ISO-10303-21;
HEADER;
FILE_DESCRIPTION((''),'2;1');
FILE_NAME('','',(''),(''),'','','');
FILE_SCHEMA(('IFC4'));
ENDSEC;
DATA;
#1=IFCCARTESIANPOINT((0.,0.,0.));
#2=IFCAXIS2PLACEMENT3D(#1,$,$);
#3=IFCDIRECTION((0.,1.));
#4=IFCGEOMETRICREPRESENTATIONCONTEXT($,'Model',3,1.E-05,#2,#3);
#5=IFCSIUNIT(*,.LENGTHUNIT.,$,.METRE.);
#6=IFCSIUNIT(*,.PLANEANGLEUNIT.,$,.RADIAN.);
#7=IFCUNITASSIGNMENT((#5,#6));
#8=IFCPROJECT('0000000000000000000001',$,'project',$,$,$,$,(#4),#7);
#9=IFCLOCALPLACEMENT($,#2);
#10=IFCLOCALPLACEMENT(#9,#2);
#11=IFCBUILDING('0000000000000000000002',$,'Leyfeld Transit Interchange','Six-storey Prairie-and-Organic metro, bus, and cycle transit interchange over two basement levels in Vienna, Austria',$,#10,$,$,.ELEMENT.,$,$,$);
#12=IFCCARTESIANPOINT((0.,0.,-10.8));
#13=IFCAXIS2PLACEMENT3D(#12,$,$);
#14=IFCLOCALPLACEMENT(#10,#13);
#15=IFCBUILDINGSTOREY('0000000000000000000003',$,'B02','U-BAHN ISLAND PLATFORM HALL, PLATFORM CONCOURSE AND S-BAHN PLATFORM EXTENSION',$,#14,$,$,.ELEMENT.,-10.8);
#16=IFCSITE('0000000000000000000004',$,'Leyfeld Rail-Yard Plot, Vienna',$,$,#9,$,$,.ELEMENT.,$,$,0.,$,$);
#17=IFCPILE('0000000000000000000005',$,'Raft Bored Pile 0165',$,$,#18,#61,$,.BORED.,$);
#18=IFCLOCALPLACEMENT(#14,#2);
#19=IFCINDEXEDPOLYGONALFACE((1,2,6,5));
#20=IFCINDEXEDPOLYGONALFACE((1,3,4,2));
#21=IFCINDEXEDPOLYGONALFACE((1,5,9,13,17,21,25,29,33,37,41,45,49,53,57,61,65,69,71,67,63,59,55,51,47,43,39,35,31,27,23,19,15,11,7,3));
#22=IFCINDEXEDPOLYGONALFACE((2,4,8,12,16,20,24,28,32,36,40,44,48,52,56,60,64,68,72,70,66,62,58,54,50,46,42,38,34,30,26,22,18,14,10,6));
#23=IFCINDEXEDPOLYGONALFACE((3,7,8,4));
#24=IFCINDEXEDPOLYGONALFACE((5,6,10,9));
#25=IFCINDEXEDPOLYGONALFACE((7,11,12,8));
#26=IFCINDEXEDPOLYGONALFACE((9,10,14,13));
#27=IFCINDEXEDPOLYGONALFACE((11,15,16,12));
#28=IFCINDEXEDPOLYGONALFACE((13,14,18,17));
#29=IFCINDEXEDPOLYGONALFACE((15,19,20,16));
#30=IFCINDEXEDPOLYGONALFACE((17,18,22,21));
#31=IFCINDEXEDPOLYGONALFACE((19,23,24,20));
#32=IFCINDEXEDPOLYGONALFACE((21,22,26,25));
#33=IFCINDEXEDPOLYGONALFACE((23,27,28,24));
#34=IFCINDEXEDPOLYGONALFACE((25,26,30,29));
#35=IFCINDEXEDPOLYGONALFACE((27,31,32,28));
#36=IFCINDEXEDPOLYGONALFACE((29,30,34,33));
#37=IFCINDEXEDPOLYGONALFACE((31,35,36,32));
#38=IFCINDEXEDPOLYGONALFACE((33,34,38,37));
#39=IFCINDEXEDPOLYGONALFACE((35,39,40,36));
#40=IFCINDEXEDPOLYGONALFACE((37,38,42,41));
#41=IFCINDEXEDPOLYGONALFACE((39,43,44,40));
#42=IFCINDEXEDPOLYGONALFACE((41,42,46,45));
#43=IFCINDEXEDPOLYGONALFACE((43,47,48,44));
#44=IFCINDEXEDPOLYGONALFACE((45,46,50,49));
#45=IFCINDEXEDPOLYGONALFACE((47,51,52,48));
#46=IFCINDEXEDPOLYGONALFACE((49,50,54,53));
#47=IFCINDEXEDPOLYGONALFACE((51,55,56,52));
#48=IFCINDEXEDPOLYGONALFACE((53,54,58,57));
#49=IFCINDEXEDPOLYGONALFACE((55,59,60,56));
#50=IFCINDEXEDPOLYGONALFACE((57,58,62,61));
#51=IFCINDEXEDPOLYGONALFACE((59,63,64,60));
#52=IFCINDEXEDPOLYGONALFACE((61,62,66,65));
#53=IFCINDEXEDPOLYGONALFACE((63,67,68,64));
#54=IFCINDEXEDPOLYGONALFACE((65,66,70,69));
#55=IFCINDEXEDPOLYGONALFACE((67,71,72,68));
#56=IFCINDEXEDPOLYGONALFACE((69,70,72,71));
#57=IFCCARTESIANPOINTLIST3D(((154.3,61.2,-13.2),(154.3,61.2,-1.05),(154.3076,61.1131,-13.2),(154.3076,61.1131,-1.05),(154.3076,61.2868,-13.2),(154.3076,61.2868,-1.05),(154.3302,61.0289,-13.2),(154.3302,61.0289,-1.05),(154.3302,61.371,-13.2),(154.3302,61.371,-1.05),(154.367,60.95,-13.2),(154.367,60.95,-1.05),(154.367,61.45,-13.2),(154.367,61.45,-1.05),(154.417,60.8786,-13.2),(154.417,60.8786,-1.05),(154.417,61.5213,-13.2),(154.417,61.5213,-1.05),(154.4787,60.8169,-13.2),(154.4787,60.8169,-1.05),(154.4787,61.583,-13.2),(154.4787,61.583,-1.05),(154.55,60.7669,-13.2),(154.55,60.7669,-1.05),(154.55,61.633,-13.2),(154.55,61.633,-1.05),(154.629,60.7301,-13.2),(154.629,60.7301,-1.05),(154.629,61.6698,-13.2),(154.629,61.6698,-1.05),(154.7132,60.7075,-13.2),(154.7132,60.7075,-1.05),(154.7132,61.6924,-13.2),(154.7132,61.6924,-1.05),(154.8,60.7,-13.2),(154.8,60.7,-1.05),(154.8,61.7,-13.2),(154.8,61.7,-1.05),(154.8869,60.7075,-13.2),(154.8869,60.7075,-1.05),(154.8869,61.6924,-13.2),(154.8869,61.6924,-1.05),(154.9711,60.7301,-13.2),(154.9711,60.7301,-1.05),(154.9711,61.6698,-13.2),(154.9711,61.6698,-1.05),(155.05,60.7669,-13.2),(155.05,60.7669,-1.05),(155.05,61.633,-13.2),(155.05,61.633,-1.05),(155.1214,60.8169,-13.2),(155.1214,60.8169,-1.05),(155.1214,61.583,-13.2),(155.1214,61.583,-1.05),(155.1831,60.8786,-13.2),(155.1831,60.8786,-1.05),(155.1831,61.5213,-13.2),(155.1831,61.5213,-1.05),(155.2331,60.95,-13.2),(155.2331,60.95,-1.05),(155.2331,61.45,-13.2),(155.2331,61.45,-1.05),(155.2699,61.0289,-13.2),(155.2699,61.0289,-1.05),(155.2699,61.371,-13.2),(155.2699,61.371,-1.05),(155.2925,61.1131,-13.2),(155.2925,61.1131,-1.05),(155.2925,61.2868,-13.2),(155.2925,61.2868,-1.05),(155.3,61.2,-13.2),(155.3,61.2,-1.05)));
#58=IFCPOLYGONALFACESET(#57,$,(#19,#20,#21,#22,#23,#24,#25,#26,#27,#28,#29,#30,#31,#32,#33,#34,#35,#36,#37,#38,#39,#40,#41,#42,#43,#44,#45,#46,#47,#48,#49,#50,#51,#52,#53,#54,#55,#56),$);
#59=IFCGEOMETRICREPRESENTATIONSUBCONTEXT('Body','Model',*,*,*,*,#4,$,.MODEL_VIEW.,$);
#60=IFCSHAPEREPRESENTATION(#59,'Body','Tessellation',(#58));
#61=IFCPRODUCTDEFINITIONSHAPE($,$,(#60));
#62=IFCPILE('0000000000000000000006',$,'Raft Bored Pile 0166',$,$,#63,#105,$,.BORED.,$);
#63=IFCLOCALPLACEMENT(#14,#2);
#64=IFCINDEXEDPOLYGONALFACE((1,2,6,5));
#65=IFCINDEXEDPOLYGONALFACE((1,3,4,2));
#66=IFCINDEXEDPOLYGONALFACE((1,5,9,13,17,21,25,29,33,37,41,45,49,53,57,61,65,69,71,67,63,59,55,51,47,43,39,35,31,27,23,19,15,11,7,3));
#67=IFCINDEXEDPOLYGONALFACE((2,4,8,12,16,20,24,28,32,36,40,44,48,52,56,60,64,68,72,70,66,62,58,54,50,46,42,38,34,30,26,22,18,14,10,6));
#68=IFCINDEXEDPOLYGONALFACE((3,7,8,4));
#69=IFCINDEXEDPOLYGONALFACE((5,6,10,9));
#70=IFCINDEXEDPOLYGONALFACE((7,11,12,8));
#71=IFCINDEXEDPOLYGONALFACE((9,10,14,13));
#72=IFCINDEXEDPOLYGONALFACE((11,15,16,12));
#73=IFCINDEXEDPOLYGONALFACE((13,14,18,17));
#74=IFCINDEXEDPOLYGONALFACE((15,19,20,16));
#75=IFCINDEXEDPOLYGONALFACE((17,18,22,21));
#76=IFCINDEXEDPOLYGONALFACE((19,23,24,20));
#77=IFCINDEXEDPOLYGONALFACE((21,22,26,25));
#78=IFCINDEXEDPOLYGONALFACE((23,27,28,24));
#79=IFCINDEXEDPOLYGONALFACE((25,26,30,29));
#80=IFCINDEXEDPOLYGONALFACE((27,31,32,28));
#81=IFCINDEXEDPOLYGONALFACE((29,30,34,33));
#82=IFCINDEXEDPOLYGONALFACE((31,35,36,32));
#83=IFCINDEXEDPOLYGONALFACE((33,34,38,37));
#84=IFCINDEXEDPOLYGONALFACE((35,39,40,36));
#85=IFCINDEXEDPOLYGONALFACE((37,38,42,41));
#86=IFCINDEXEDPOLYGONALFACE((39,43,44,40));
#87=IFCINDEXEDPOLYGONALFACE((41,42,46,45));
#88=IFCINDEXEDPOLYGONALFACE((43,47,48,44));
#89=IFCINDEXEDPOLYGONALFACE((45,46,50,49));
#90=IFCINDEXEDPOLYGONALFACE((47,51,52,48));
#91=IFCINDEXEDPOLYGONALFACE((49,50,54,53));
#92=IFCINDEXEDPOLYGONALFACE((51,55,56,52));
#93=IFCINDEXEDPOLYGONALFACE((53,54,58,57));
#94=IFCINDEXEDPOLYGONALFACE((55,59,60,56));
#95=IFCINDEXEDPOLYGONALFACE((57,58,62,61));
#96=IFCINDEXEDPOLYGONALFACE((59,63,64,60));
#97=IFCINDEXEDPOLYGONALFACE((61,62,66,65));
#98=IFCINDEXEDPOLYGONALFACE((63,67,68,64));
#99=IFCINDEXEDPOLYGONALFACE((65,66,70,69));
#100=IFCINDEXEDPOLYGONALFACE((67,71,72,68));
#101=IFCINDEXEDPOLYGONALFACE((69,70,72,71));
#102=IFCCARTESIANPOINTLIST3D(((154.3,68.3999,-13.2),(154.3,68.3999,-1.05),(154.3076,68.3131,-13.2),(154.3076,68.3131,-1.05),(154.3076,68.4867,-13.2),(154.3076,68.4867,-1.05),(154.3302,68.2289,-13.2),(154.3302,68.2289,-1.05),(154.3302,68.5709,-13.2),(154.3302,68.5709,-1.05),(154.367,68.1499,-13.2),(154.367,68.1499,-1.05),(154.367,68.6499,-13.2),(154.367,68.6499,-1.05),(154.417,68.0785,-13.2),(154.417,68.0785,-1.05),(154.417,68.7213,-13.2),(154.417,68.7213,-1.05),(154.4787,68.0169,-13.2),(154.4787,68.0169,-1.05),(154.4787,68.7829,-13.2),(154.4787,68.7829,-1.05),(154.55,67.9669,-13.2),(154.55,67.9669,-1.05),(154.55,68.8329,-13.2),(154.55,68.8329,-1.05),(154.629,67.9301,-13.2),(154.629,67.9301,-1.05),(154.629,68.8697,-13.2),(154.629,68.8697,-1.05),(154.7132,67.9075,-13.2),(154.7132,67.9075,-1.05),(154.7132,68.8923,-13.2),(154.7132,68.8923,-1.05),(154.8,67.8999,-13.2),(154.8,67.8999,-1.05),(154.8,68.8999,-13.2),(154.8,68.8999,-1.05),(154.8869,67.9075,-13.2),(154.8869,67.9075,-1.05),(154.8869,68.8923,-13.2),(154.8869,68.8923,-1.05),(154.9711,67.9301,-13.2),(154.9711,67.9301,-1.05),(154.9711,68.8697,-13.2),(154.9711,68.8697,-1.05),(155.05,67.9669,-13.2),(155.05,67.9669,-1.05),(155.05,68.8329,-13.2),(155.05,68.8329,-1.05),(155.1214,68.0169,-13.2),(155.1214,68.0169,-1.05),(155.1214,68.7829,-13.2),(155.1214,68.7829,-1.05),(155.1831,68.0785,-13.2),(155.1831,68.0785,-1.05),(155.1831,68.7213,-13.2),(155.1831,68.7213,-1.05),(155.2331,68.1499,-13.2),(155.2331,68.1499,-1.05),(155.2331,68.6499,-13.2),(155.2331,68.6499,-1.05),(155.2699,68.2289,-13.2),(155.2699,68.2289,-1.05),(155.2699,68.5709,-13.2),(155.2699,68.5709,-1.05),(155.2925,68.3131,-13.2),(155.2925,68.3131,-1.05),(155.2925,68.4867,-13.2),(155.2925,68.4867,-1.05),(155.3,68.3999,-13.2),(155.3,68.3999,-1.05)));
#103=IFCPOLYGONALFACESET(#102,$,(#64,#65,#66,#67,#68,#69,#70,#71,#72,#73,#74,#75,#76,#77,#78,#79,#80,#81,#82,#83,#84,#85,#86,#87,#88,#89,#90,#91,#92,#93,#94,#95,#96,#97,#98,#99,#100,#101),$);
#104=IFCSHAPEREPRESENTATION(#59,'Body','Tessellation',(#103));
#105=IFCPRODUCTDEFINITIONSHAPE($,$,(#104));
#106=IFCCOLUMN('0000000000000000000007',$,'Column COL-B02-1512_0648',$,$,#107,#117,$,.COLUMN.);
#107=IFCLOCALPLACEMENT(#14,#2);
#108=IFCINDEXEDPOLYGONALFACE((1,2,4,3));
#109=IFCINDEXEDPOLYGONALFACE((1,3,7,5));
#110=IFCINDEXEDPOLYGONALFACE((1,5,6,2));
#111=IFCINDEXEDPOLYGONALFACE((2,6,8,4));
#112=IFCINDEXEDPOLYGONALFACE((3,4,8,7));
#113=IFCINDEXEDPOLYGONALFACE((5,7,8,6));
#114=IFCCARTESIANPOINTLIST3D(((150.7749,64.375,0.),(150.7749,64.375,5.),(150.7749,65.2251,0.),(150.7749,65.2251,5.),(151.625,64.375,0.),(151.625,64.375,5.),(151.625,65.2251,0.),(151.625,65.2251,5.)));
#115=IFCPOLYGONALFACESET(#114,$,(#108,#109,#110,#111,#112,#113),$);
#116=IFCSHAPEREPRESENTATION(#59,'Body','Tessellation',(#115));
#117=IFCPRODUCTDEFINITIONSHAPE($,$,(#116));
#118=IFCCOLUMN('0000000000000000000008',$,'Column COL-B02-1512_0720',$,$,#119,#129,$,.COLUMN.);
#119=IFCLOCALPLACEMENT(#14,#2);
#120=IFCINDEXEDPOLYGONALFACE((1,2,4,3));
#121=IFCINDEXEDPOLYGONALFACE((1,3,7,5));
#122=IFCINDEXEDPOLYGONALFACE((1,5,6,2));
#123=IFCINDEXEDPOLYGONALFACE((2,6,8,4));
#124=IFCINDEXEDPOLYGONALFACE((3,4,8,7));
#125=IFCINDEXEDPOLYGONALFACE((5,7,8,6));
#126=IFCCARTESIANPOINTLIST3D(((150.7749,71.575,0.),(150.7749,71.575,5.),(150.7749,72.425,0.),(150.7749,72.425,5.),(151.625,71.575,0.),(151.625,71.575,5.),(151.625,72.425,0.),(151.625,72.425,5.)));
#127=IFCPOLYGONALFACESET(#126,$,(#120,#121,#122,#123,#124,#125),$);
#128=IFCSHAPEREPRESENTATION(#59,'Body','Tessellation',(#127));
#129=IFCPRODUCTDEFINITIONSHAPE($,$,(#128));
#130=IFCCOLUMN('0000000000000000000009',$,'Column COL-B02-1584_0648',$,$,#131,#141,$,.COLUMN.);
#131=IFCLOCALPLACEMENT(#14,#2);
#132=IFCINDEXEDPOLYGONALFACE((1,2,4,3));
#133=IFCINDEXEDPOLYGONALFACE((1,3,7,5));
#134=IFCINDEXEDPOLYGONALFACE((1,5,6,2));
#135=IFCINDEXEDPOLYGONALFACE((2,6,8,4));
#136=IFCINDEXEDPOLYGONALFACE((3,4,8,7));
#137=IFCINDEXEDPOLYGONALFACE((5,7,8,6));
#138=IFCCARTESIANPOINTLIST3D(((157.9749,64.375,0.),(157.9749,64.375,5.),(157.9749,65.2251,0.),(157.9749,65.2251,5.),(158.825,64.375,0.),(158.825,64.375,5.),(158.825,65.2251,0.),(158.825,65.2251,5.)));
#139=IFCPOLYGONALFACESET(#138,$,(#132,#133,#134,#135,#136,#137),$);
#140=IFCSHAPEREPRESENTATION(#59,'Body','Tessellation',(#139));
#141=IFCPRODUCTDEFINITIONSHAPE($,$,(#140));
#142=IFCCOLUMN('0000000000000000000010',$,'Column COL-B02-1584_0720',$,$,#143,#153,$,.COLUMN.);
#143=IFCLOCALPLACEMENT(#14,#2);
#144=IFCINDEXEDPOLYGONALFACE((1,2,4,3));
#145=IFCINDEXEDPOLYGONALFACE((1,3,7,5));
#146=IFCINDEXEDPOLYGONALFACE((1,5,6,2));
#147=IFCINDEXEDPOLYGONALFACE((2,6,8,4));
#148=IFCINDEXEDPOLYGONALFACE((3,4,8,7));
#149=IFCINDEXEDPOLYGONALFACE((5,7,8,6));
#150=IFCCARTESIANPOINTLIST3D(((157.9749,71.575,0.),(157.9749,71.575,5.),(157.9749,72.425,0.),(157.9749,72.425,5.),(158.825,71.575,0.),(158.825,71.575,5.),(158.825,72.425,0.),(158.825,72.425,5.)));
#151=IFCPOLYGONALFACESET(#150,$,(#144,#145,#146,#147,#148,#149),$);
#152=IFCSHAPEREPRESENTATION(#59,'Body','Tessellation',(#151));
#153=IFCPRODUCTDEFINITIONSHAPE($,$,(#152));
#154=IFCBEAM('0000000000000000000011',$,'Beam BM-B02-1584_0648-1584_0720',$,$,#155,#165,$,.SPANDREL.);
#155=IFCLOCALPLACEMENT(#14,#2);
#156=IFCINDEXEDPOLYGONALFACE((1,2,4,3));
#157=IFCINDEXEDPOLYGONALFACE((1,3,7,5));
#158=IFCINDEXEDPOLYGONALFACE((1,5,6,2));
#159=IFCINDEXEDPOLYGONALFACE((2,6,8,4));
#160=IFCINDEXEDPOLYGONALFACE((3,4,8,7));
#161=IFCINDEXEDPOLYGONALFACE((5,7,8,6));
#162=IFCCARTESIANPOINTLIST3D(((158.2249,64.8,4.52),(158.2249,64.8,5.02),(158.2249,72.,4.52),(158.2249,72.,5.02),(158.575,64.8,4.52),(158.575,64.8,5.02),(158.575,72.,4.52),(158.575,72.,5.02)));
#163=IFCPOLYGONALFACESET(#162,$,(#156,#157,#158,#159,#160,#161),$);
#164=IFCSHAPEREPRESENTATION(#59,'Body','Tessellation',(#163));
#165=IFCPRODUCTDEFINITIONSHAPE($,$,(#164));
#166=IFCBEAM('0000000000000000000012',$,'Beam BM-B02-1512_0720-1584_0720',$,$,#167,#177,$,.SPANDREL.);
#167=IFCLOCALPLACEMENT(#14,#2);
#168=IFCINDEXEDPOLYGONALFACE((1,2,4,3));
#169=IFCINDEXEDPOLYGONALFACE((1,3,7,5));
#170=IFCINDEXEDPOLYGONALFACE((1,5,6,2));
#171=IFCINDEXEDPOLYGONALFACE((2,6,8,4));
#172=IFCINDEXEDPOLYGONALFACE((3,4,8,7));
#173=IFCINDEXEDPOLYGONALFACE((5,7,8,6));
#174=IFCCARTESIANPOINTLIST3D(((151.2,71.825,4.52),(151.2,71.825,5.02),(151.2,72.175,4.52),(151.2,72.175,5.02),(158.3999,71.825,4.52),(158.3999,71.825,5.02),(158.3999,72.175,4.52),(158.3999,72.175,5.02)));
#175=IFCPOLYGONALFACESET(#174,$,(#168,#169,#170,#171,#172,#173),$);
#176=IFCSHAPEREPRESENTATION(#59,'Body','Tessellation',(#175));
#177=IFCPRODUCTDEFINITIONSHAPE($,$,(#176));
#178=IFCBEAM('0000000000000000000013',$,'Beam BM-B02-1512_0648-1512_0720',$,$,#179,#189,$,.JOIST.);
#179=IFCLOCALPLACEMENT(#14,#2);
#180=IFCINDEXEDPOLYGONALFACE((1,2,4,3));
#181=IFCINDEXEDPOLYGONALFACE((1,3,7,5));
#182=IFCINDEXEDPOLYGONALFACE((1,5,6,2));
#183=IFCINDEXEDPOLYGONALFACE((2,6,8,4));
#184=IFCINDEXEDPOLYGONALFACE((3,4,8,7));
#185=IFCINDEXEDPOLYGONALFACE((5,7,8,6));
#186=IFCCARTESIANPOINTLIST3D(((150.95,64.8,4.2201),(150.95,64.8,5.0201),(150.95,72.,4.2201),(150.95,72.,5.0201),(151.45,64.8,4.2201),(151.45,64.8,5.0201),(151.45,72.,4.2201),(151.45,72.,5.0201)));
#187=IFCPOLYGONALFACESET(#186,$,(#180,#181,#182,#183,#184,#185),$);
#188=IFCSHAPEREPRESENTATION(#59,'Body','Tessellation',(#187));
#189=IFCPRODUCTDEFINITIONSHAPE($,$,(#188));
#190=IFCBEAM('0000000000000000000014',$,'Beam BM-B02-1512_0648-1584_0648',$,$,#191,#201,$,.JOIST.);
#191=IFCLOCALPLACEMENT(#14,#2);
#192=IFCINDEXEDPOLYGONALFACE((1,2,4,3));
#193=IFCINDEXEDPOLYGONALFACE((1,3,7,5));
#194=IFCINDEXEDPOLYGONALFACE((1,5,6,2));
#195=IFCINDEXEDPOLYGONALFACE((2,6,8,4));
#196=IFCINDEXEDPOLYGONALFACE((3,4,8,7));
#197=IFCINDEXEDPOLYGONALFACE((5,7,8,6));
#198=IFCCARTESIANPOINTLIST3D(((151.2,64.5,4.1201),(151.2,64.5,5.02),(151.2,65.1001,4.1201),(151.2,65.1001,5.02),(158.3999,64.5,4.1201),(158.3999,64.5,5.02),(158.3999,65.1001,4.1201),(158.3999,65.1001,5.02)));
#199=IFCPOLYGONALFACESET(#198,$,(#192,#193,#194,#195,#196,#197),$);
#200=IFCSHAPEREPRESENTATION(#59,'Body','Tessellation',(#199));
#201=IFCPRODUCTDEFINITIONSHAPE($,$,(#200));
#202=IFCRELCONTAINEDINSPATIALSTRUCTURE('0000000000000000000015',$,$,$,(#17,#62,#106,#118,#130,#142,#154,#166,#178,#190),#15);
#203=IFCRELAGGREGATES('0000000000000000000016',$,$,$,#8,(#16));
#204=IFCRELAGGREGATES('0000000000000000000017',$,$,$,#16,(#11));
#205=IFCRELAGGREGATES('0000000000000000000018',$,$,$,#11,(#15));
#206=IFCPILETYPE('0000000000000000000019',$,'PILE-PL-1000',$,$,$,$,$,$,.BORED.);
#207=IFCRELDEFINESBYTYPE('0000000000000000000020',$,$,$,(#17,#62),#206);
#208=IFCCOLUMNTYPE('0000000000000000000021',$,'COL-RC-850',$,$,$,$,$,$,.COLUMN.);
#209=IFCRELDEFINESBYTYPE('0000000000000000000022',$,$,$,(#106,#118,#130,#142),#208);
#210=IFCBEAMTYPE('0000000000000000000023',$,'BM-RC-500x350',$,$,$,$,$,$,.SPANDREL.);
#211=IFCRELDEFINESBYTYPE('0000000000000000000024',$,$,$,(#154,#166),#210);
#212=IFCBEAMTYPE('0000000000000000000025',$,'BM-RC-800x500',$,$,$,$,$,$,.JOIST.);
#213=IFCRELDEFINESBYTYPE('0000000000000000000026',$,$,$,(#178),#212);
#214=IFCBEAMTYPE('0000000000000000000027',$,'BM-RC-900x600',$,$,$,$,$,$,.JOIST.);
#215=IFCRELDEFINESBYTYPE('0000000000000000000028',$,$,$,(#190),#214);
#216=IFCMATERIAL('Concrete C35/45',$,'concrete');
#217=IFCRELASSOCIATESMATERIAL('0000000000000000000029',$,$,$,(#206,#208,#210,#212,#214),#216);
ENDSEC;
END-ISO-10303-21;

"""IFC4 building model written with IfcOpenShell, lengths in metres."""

from ifc_helpers import new_model, si_unit, direction, frame, origin, origin_2d, place, context, subcontext, project, spatial, rectangle, circle, extrude, material, material_profile, profile_set, type_object, element, save


model = new_model("IFC4")

# Units and contexts
model_context = context("Model", 3, precision=1e-05, world=origin(), true_north=direction((0.0, 1.0)))
body_context = subcontext(model_context, "Body", "Model", "MODEL_VIEW")
ifc_project = project(units=[si_unit("LENGTHUNIT", "METRE"), si_unit("PLANEANGLEUNIT", "RADIAN")], contexts=[model_context])

# Site, building, storey
site_placement = place(None, origin())
site = spatial("IfcSite", under=ifc_project, at=site_placement, Name="Leyfeld Rail-Yard Plot, Vienna", CompositionType="ELEMENT", RefElevation=0.0)
building_placement = place(site_placement, origin())
building = spatial("IfcBuilding", under=site, at=building_placement, Name="Leyfeld Transit Interchange", Description="Six-storey Prairie-and-Organic metro, bus, and cycle transit interchange over two basement levels in Vienna, Austria", CompositionType="ELEMENT")
storey_placement = place(building_placement, frame((0.0, 0.0, -10.8)))
storey = spatial("IfcBuildingStorey", under=building, at=storey_placement, Name="B02", Description="U-BAHN ISLAND PLATFORM HALL, PLATFORM CONCOURSE AND S-BAHN PLATFORM EXTENSION", CompositionType="ELEMENT", Elevation=-10.8)

# Piles
ifc_material_1 = material(Name="Concrete C35/45", Category="concrete")
ifc_material_profile_1 = material_profile(ifc_material_1, circle(Radius=0.5, at=origin_2d()), Name="PILE D1000")
ifc_profile_set_1 = profile_set([ifc_material_profile_1], Name="Concrete C35/45")
pile_type = type_object("IfcPileType", Name="PILE-PL-1000", PredefinedType="BORED", material=ifc_profile_set_1)
for number, where, z_axis, x_axis, name in (
    (1, (154.8, 61.2, -1.05), (0.0, 0.0, -1.0), (1.0, 0.0, 0.0), "Raft Bored Pile 0165"),
    (2, (154.8, 68.3999, -1.05), (0.0, 0.0, -1.0), (1.0, 0.0, 0.0), "Raft Bored Pile 0166"),
):
    element("IfcPile", number, at=place(storey_placement, frame(where, z_axis=z_axis, x_axis=x_axis)), inside=storey, type_object=pile_type, Name=name, PredefinedType="BORED", context=body_context, shape_type="SweptSolid", body=[
        extrude(circle(Radius=0.5, at=origin_2d()), origin(), (0.0, 0.0, 1.0), 12.1499),
    ])

# Columns
ifc_material_profile_2 = material_profile(ifc_material_1, rectangle(XDim=0.8501, YDim=0.8501, at=origin_2d()), Name="RC 850x850")
ifc_profile_set_2 = profile_set([ifc_material_profile_2], Name="Concrete C35/45")
column_type = type_object("IfcColumnType", Name="COL-RC-850", PredefinedType="COLUMN", material=ifc_profile_set_2)
for number, where, z_axis, x_axis, name in (
    (3, (151.2, 64.8, 0.0), (0.0, 0.0, 1.0), (1.0, 0.0, 0.0), "Column COL-B02-1512_0648"),
    (4, (151.2, 72.0, 0.0), (0.0, 0.0, 1.0), (1.0, 0.0, 0.0), "Column COL-B02-1512_0720"),
    (5, (158.3999, 64.8, 0.0), (0.0, 0.0, 1.0), (1.0, 0.0, 0.0), "Column COL-B02-1584_0648"),
    (6, (158.3999, 72.0, 0.0), (0.0, 0.0, 1.0), (1.0, 0.0, 0.0), "Column COL-B02-1584_0720"),
):
    element("IfcColumn", number, at=place(storey_placement, frame(where, z_axis=z_axis, x_axis=x_axis)), inside=storey, type_object=column_type, Name=name, PredefinedType="COLUMN", context=body_context, shape_type="SweptSolid", body=[
        extrude(rectangle(XDim=0.8501, YDim=0.8501, at=origin_2d()), origin(), (0.0, 0.0, 1.0), 5.0),
    ])

# Beams
ifc_material_profile_3 = material_profile(ifc_material_1, rectangle(XDim=0.3501, YDim=0.5, at=origin_2d()), Name="RC 500x350")
ifc_profile_set_3 = profile_set([ifc_material_profile_3], Name="Concrete C35/45")
beam_type_1 = type_object("IfcBeamType", Name="BM-RC-500x350", PredefinedType="SPANDREL", material=ifc_profile_set_3)
for number, where, z_axis, x_axis, name in (
    (7, (158.3999, 64.8, 4.77), (0.0, 1.0, 0.0), (-1.0, 0.0, 0.0), "Beam BM-B02-1584_0648-1584_0720"),
    (8, (151.2, 72.0, 4.77), (1.0, 0.0, 0.0), (0.0, 1.0, 0.0), "Beam BM-B02-1512_0720-1584_0720"),
):
    element("IfcBeam", number, at=place(storey_placement, frame(where, z_axis=z_axis, x_axis=x_axis)), inside=storey, type_object=beam_type_1, Name=name, PredefinedType="SPANDREL", context=body_context, shape_type="SweptSolid", body=[
        extrude(rectangle(XDim=0.3501, YDim=0.5, at=origin_2d()), origin(), (0.0, 0.0, 1.0), 7.2),
    ])
ifc_material_profile_4 = material_profile(ifc_material_1, rectangle(XDim=0.5, YDim=0.8, at=origin_2d()), Name="RC 800x500")
ifc_profile_set_4 = profile_set([ifc_material_profile_4], Name="Concrete C35/45")
beam_type_2 = type_object("IfcBeamType", Name="BM-RC-800x500", PredefinedType="JOIST", material=ifc_profile_set_4)
beam_1_placement = place(storey_placement, frame((151.2, 64.8, 4.6201), z_axis=(0.0, 1.0, 0.0), x_axis=(-1.0, 0.0, 0.0)))
element("IfcBeam", 9, at=beam_1_placement, inside=storey, type_object=beam_type_2, Name="Beam BM-B02-1512_0648-1512_0720", PredefinedType="JOIST", context=body_context, shape_type="SweptSolid", body=[
    extrude(rectangle(XDim=0.5, YDim=0.8, at=origin_2d()), origin(), (0.0, 0.0, 1.0), 7.2),
])
ifc_material_profile_5 = material_profile(ifc_material_1, rectangle(XDim=0.6001, YDim=0.8999, at=origin_2d()), Name="RC 900x600")
ifc_profile_set_5 = profile_set([ifc_material_profile_5], Name="Concrete C35/45")
beam_type_3 = type_object("IfcBeamType", Name="BM-RC-900x600", PredefinedType="JOIST", material=ifc_profile_set_5)
beam_2_placement = place(storey_placement, frame((151.2, 64.8, 4.5701), z_axis=(1.0, 0.0, 0.0), x_axis=(0.0, 1.0, 0.0)))
element("IfcBeam", 10, at=beam_2_placement, inside=storey, type_object=beam_type_3, Name="Beam BM-B02-1512_0648-1584_0648", PredefinedType="JOIST", context=body_context, shape_type="SweptSolid", body=[
    extrude(rectangle(XDim=0.6001, YDim=0.8999, at=origin_2d()), origin(), (0.0, 0.0, 1.0), 7.2),
])

save(model, "model.ifc")
